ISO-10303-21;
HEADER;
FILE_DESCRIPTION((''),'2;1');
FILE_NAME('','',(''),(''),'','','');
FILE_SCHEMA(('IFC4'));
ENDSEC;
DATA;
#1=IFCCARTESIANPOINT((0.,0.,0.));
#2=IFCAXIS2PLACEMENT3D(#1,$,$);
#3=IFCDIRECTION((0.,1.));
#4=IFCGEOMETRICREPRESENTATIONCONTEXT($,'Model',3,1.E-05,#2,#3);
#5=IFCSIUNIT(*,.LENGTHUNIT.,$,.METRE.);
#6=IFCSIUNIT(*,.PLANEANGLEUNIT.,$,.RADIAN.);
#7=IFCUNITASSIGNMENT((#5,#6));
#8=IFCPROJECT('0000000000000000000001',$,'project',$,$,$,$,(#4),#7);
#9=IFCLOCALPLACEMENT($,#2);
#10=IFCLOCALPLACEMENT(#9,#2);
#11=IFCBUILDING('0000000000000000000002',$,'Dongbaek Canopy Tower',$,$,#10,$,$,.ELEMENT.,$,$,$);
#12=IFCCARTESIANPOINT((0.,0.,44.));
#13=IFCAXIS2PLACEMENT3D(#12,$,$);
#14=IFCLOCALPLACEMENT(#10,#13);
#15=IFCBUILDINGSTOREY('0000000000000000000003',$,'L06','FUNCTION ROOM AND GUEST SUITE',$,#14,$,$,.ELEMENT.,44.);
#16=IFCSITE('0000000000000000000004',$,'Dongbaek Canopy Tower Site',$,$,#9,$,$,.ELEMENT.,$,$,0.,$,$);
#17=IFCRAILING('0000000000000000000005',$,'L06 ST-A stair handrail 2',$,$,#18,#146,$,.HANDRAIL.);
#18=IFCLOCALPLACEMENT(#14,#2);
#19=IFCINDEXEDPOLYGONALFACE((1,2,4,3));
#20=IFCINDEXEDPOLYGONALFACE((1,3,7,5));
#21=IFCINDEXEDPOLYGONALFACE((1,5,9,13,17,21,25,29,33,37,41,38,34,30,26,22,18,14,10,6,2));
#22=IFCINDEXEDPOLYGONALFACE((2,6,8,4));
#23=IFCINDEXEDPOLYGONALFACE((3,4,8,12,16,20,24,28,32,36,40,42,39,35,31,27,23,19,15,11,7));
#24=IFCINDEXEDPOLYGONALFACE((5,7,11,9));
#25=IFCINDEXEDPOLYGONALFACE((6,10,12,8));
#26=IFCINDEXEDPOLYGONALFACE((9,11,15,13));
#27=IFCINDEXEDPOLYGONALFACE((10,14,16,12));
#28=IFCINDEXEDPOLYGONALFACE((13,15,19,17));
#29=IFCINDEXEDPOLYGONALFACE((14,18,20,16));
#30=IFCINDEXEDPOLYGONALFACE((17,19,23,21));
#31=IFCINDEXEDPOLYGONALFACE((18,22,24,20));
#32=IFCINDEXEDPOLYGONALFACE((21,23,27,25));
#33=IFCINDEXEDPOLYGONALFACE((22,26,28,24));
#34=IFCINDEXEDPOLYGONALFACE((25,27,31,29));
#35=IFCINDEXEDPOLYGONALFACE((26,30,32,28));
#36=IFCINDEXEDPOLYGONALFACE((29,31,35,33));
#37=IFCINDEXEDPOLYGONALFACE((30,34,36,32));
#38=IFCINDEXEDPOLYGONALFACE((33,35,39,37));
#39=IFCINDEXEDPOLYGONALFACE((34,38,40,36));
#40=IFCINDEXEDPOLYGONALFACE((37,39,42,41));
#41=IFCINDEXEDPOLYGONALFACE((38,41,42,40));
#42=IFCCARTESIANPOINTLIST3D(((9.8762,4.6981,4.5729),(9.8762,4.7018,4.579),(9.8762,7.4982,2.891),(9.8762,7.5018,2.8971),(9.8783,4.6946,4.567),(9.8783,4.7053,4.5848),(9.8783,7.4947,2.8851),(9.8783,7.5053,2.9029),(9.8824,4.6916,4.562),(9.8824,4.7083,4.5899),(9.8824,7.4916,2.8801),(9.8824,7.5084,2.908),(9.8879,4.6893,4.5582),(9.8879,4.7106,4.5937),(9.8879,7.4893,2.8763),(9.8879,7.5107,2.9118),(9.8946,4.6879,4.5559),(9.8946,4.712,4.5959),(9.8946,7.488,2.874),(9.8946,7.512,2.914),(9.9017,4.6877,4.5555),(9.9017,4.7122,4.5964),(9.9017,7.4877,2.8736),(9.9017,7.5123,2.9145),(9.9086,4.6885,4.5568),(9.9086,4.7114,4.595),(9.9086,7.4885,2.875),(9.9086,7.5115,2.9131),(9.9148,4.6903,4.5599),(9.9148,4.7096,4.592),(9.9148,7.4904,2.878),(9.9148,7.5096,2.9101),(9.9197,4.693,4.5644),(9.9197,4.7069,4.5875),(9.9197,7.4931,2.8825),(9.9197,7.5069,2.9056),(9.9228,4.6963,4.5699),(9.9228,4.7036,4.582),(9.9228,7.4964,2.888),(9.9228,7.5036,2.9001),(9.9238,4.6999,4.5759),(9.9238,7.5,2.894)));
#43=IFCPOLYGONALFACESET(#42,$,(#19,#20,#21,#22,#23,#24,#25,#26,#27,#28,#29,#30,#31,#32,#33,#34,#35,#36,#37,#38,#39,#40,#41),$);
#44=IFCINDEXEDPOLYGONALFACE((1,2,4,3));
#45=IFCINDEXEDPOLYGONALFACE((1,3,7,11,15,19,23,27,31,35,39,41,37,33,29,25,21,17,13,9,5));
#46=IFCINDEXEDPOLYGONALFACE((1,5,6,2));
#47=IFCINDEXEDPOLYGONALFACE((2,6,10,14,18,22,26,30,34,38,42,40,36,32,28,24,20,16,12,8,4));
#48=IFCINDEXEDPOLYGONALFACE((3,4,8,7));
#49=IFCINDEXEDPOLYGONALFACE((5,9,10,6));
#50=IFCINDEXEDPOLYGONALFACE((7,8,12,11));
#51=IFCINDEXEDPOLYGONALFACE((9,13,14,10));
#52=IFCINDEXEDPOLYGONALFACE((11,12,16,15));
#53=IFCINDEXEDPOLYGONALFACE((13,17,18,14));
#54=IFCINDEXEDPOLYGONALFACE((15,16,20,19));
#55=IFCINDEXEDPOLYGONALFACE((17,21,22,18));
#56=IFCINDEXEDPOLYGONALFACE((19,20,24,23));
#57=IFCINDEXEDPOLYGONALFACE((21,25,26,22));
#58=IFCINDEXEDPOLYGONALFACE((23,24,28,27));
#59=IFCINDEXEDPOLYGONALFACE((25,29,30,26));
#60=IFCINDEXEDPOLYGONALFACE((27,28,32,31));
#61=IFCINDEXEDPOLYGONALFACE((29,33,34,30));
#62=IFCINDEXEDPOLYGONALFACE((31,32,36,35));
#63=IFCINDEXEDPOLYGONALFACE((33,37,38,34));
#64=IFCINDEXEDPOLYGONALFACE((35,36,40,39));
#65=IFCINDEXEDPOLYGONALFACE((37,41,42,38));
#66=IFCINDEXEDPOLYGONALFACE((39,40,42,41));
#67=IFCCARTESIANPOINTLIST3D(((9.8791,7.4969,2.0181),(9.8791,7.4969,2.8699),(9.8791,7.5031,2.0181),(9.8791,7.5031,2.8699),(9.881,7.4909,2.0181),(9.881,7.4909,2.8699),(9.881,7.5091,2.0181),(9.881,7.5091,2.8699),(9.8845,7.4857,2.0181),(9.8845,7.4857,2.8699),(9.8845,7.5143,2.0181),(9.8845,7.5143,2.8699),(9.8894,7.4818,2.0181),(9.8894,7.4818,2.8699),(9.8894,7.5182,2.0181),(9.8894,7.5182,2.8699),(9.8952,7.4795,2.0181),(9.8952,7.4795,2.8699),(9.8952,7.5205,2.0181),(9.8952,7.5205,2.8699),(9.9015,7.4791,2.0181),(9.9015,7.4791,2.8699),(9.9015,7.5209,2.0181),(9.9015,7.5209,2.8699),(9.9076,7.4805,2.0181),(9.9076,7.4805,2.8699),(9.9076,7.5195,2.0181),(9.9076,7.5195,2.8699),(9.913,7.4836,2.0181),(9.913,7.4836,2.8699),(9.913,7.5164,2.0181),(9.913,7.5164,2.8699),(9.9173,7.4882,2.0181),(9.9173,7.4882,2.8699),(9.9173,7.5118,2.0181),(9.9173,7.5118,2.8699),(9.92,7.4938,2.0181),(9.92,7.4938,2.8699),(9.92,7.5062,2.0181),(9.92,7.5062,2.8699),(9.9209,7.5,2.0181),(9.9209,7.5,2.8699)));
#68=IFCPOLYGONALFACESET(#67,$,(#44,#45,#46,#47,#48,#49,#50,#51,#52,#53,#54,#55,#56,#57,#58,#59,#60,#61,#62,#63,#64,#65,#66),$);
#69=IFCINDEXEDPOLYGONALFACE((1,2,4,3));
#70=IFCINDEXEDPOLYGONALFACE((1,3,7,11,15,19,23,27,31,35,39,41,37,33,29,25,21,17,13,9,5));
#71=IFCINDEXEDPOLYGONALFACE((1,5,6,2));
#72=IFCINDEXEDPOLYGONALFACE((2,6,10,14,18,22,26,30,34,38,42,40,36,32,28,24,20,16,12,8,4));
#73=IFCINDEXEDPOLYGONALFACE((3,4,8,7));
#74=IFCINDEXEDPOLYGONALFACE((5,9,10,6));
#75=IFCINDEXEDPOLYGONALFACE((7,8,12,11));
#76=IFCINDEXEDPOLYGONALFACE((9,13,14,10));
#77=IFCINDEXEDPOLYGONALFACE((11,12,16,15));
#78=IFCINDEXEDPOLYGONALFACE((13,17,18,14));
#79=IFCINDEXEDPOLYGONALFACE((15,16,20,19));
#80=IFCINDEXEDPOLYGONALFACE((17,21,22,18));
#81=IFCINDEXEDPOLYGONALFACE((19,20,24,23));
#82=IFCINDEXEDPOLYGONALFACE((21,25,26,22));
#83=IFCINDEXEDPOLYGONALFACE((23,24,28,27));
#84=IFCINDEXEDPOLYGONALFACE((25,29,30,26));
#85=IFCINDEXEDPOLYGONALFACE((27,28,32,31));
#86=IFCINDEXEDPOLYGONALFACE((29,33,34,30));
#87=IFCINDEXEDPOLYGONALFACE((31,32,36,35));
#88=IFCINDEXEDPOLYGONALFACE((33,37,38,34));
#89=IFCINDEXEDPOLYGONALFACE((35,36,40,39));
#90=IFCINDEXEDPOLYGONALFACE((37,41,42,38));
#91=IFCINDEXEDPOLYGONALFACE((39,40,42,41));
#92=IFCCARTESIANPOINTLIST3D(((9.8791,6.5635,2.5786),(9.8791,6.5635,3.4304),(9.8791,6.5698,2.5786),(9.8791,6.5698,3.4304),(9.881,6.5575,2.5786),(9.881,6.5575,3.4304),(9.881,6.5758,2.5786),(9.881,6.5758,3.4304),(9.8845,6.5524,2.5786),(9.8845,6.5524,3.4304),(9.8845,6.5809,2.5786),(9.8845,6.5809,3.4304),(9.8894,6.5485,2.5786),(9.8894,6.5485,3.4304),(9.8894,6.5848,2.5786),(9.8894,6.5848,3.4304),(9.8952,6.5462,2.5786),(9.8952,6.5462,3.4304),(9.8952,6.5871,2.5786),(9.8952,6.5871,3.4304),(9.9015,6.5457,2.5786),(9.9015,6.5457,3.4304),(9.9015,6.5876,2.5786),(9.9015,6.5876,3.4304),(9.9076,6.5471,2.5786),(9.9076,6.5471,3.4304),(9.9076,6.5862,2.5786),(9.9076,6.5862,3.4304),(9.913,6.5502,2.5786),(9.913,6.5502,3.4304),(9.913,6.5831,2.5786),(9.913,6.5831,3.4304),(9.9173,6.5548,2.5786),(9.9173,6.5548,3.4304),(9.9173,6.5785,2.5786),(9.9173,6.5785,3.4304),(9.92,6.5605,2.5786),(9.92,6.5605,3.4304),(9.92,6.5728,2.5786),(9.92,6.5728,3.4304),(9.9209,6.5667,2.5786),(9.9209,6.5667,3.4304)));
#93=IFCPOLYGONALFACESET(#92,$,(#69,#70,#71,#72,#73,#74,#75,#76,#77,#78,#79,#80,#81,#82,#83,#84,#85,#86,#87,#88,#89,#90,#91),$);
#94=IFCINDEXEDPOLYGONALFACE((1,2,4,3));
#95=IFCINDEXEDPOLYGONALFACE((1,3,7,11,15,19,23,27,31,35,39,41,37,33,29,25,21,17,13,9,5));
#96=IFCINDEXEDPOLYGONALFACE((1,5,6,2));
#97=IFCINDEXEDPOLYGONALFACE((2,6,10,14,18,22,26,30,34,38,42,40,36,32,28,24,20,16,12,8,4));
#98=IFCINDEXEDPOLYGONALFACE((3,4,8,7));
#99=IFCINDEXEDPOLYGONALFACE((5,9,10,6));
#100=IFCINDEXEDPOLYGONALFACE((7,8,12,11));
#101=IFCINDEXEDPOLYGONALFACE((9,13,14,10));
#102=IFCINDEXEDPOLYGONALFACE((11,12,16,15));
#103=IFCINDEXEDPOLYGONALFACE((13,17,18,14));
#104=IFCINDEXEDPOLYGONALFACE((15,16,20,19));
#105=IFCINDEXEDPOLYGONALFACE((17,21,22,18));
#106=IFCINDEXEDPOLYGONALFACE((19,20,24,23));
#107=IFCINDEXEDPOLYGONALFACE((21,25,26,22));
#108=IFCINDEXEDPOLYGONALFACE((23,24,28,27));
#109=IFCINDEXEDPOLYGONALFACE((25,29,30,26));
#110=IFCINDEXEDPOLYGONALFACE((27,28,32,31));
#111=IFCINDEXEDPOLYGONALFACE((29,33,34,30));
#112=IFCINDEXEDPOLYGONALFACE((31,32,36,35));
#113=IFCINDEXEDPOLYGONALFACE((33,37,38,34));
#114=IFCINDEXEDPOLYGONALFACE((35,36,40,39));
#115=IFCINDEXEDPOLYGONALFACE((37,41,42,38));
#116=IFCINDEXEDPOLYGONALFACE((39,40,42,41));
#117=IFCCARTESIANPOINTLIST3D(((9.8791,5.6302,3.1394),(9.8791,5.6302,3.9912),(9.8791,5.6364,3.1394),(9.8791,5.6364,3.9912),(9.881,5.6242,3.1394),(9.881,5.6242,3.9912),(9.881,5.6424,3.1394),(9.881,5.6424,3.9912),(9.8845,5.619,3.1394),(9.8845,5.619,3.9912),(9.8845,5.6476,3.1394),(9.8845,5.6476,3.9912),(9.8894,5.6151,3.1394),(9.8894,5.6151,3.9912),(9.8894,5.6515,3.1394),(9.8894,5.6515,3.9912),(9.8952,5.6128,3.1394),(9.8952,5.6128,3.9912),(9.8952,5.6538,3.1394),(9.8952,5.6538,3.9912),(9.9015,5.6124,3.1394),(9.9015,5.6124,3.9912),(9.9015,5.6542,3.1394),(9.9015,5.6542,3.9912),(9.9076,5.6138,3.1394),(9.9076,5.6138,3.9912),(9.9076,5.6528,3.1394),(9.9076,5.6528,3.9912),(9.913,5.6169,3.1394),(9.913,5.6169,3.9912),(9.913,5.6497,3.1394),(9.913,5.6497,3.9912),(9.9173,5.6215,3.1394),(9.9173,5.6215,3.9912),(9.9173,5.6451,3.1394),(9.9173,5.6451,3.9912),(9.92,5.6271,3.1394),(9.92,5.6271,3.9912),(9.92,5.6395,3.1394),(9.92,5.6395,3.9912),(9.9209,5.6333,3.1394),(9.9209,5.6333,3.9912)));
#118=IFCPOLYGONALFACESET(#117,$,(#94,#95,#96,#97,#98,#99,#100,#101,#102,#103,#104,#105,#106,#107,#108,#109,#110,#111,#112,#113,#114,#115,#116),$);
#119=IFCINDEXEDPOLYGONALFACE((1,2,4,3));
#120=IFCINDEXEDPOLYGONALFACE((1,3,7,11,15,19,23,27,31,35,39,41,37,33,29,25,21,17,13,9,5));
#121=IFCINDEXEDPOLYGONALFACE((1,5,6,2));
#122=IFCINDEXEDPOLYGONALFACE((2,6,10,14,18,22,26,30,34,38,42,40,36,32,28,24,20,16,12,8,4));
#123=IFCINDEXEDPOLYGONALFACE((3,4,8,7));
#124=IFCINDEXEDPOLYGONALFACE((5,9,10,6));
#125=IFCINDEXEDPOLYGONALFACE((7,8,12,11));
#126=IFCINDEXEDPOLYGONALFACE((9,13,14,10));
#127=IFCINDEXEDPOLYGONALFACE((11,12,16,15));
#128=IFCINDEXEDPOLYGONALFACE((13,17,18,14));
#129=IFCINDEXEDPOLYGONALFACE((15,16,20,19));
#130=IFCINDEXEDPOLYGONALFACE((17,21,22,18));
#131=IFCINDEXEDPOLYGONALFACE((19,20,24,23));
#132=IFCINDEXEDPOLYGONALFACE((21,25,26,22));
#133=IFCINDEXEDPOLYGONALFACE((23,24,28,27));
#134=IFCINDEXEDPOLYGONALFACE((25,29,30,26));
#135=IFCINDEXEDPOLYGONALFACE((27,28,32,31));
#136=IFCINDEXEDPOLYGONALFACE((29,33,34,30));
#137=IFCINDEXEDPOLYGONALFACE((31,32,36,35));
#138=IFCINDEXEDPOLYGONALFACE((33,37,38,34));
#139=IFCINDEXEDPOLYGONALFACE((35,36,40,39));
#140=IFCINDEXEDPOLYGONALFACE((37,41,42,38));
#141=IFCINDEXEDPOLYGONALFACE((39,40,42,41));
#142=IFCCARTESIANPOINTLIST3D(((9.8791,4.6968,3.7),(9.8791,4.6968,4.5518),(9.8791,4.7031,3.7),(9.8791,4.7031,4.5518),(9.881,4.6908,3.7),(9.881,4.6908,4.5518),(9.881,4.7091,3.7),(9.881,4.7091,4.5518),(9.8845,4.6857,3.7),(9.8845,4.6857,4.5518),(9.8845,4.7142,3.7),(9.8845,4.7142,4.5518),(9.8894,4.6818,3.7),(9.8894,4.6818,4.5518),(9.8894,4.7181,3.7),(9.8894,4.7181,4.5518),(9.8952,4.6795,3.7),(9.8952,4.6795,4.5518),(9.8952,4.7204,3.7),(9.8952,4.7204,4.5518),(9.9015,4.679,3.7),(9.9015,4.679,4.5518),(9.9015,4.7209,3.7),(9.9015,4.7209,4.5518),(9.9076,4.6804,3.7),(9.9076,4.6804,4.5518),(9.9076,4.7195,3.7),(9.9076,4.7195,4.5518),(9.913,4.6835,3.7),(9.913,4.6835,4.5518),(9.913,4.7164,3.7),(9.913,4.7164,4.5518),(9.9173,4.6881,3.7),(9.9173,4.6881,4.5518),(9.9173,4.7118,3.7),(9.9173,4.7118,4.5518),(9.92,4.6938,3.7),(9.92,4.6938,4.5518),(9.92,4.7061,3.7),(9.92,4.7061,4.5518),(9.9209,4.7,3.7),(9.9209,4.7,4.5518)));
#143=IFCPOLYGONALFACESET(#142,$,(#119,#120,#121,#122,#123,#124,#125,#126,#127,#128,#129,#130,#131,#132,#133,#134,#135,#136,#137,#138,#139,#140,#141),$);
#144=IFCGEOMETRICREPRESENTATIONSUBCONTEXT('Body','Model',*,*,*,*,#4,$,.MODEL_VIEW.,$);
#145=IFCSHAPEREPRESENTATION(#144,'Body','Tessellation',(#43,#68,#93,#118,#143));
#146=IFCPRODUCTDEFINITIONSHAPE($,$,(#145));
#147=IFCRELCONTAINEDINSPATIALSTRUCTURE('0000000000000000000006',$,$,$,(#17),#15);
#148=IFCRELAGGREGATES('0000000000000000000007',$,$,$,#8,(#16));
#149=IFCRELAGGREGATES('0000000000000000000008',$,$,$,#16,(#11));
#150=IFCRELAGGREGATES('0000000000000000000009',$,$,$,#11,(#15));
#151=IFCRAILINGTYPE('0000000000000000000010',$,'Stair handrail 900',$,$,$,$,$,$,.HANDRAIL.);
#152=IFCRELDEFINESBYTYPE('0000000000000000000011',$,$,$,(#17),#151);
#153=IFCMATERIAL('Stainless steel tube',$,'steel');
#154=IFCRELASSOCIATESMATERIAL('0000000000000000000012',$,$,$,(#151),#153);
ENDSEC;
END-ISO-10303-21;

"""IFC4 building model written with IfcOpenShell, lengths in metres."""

from ifc_helpers import new_model, si_unit, direction, frame, origin, origin_2d, place, context, subcontext, project, spatial, circle, extrude, material, type_object, element, save


model = new_model("IFC4")

# Units and contexts
model_context = context("Model", 3, precision=1e-05, world=origin(), true_north=direction((0.0, 1.0)))
body_context = subcontext(model_context, "Body", "Model", "MODEL_VIEW")
ifc_project = project(units=[si_unit("LENGTHUNIT", "METRE"), si_unit("PLANEANGLEUNIT", "RADIAN")], contexts=[model_context])

# Site, building, storey
site_placement = place(None, origin())
site = spatial("IfcSite", under=ifc_project, at=site_placement, Name="Dongbaek Canopy Tower Site", CompositionType="ELEMENT", RefElevation=0.0)
building_placement = place(site_placement, origin())
building = spatial("IfcBuilding", under=site, at=building_placement, Name="Dongbaek Canopy Tower", CompositionType="ELEMENT")
storey_placement = place(building_placement, frame((0.0, 0.0, 44.0)))
storey = spatial("IfcBuildingStorey", under=building, at=storey_placement, Name="L06", Description="FUNCTION ROOM AND GUEST SUITE", CompositionType="ELEMENT", Elevation=44.0)

# Railing
ifc_material_1 = material(Name="Stainless steel tube", Category="steel")
railing_type_1 = type_object("IfcRailingType", Name="Stair handrail 900", PredefinedType="HANDRAIL", material=ifc_material_1)
railing_1_placement = place(storey_placement, frame((9.8999, 7.5, 2.0181)))
element("IfcRailing", 1, at=railing_1_placement, inside=storey, type_object=railing_type_1, Name="L06 ST-A stair handrail 2", PredefinedType="HANDRAIL", context=body_context, shape_type="SweptSolid", body=[
    extrude(circle(Radius=0.0239, at=origin_2d()), frame((0.0, 0.0, 0.876), z_axis=(0.0, -0.857242, 0.514913), x_axis=(1.0, 0.0, 0.0)), (0.0, 0.0, 1.0), 3.2664),
    extrude(circle(Radius=0.021, at=origin_2d()), origin(), (0.0, 0.0, 1.0), 0.8518),
    extrude(circle(Radius=0.021, at=origin_2d()), frame((0.0, -0.9333, 0.5605)), (0.0, 0.0, 1.0), 0.8518),
    extrude(circle(Radius=0.021, at=origin_2d()), frame((0.0, -1.8667, 1.1213)), (0.0, 0.0, 1.0), 0.8518),
    extrude(circle(Radius=0.021, at=origin_2d()), frame((0.0, -2.8, 1.6819)), (0.0, 0.0, 1.0), 0.8518),
])

save(model, "model.ifc")
